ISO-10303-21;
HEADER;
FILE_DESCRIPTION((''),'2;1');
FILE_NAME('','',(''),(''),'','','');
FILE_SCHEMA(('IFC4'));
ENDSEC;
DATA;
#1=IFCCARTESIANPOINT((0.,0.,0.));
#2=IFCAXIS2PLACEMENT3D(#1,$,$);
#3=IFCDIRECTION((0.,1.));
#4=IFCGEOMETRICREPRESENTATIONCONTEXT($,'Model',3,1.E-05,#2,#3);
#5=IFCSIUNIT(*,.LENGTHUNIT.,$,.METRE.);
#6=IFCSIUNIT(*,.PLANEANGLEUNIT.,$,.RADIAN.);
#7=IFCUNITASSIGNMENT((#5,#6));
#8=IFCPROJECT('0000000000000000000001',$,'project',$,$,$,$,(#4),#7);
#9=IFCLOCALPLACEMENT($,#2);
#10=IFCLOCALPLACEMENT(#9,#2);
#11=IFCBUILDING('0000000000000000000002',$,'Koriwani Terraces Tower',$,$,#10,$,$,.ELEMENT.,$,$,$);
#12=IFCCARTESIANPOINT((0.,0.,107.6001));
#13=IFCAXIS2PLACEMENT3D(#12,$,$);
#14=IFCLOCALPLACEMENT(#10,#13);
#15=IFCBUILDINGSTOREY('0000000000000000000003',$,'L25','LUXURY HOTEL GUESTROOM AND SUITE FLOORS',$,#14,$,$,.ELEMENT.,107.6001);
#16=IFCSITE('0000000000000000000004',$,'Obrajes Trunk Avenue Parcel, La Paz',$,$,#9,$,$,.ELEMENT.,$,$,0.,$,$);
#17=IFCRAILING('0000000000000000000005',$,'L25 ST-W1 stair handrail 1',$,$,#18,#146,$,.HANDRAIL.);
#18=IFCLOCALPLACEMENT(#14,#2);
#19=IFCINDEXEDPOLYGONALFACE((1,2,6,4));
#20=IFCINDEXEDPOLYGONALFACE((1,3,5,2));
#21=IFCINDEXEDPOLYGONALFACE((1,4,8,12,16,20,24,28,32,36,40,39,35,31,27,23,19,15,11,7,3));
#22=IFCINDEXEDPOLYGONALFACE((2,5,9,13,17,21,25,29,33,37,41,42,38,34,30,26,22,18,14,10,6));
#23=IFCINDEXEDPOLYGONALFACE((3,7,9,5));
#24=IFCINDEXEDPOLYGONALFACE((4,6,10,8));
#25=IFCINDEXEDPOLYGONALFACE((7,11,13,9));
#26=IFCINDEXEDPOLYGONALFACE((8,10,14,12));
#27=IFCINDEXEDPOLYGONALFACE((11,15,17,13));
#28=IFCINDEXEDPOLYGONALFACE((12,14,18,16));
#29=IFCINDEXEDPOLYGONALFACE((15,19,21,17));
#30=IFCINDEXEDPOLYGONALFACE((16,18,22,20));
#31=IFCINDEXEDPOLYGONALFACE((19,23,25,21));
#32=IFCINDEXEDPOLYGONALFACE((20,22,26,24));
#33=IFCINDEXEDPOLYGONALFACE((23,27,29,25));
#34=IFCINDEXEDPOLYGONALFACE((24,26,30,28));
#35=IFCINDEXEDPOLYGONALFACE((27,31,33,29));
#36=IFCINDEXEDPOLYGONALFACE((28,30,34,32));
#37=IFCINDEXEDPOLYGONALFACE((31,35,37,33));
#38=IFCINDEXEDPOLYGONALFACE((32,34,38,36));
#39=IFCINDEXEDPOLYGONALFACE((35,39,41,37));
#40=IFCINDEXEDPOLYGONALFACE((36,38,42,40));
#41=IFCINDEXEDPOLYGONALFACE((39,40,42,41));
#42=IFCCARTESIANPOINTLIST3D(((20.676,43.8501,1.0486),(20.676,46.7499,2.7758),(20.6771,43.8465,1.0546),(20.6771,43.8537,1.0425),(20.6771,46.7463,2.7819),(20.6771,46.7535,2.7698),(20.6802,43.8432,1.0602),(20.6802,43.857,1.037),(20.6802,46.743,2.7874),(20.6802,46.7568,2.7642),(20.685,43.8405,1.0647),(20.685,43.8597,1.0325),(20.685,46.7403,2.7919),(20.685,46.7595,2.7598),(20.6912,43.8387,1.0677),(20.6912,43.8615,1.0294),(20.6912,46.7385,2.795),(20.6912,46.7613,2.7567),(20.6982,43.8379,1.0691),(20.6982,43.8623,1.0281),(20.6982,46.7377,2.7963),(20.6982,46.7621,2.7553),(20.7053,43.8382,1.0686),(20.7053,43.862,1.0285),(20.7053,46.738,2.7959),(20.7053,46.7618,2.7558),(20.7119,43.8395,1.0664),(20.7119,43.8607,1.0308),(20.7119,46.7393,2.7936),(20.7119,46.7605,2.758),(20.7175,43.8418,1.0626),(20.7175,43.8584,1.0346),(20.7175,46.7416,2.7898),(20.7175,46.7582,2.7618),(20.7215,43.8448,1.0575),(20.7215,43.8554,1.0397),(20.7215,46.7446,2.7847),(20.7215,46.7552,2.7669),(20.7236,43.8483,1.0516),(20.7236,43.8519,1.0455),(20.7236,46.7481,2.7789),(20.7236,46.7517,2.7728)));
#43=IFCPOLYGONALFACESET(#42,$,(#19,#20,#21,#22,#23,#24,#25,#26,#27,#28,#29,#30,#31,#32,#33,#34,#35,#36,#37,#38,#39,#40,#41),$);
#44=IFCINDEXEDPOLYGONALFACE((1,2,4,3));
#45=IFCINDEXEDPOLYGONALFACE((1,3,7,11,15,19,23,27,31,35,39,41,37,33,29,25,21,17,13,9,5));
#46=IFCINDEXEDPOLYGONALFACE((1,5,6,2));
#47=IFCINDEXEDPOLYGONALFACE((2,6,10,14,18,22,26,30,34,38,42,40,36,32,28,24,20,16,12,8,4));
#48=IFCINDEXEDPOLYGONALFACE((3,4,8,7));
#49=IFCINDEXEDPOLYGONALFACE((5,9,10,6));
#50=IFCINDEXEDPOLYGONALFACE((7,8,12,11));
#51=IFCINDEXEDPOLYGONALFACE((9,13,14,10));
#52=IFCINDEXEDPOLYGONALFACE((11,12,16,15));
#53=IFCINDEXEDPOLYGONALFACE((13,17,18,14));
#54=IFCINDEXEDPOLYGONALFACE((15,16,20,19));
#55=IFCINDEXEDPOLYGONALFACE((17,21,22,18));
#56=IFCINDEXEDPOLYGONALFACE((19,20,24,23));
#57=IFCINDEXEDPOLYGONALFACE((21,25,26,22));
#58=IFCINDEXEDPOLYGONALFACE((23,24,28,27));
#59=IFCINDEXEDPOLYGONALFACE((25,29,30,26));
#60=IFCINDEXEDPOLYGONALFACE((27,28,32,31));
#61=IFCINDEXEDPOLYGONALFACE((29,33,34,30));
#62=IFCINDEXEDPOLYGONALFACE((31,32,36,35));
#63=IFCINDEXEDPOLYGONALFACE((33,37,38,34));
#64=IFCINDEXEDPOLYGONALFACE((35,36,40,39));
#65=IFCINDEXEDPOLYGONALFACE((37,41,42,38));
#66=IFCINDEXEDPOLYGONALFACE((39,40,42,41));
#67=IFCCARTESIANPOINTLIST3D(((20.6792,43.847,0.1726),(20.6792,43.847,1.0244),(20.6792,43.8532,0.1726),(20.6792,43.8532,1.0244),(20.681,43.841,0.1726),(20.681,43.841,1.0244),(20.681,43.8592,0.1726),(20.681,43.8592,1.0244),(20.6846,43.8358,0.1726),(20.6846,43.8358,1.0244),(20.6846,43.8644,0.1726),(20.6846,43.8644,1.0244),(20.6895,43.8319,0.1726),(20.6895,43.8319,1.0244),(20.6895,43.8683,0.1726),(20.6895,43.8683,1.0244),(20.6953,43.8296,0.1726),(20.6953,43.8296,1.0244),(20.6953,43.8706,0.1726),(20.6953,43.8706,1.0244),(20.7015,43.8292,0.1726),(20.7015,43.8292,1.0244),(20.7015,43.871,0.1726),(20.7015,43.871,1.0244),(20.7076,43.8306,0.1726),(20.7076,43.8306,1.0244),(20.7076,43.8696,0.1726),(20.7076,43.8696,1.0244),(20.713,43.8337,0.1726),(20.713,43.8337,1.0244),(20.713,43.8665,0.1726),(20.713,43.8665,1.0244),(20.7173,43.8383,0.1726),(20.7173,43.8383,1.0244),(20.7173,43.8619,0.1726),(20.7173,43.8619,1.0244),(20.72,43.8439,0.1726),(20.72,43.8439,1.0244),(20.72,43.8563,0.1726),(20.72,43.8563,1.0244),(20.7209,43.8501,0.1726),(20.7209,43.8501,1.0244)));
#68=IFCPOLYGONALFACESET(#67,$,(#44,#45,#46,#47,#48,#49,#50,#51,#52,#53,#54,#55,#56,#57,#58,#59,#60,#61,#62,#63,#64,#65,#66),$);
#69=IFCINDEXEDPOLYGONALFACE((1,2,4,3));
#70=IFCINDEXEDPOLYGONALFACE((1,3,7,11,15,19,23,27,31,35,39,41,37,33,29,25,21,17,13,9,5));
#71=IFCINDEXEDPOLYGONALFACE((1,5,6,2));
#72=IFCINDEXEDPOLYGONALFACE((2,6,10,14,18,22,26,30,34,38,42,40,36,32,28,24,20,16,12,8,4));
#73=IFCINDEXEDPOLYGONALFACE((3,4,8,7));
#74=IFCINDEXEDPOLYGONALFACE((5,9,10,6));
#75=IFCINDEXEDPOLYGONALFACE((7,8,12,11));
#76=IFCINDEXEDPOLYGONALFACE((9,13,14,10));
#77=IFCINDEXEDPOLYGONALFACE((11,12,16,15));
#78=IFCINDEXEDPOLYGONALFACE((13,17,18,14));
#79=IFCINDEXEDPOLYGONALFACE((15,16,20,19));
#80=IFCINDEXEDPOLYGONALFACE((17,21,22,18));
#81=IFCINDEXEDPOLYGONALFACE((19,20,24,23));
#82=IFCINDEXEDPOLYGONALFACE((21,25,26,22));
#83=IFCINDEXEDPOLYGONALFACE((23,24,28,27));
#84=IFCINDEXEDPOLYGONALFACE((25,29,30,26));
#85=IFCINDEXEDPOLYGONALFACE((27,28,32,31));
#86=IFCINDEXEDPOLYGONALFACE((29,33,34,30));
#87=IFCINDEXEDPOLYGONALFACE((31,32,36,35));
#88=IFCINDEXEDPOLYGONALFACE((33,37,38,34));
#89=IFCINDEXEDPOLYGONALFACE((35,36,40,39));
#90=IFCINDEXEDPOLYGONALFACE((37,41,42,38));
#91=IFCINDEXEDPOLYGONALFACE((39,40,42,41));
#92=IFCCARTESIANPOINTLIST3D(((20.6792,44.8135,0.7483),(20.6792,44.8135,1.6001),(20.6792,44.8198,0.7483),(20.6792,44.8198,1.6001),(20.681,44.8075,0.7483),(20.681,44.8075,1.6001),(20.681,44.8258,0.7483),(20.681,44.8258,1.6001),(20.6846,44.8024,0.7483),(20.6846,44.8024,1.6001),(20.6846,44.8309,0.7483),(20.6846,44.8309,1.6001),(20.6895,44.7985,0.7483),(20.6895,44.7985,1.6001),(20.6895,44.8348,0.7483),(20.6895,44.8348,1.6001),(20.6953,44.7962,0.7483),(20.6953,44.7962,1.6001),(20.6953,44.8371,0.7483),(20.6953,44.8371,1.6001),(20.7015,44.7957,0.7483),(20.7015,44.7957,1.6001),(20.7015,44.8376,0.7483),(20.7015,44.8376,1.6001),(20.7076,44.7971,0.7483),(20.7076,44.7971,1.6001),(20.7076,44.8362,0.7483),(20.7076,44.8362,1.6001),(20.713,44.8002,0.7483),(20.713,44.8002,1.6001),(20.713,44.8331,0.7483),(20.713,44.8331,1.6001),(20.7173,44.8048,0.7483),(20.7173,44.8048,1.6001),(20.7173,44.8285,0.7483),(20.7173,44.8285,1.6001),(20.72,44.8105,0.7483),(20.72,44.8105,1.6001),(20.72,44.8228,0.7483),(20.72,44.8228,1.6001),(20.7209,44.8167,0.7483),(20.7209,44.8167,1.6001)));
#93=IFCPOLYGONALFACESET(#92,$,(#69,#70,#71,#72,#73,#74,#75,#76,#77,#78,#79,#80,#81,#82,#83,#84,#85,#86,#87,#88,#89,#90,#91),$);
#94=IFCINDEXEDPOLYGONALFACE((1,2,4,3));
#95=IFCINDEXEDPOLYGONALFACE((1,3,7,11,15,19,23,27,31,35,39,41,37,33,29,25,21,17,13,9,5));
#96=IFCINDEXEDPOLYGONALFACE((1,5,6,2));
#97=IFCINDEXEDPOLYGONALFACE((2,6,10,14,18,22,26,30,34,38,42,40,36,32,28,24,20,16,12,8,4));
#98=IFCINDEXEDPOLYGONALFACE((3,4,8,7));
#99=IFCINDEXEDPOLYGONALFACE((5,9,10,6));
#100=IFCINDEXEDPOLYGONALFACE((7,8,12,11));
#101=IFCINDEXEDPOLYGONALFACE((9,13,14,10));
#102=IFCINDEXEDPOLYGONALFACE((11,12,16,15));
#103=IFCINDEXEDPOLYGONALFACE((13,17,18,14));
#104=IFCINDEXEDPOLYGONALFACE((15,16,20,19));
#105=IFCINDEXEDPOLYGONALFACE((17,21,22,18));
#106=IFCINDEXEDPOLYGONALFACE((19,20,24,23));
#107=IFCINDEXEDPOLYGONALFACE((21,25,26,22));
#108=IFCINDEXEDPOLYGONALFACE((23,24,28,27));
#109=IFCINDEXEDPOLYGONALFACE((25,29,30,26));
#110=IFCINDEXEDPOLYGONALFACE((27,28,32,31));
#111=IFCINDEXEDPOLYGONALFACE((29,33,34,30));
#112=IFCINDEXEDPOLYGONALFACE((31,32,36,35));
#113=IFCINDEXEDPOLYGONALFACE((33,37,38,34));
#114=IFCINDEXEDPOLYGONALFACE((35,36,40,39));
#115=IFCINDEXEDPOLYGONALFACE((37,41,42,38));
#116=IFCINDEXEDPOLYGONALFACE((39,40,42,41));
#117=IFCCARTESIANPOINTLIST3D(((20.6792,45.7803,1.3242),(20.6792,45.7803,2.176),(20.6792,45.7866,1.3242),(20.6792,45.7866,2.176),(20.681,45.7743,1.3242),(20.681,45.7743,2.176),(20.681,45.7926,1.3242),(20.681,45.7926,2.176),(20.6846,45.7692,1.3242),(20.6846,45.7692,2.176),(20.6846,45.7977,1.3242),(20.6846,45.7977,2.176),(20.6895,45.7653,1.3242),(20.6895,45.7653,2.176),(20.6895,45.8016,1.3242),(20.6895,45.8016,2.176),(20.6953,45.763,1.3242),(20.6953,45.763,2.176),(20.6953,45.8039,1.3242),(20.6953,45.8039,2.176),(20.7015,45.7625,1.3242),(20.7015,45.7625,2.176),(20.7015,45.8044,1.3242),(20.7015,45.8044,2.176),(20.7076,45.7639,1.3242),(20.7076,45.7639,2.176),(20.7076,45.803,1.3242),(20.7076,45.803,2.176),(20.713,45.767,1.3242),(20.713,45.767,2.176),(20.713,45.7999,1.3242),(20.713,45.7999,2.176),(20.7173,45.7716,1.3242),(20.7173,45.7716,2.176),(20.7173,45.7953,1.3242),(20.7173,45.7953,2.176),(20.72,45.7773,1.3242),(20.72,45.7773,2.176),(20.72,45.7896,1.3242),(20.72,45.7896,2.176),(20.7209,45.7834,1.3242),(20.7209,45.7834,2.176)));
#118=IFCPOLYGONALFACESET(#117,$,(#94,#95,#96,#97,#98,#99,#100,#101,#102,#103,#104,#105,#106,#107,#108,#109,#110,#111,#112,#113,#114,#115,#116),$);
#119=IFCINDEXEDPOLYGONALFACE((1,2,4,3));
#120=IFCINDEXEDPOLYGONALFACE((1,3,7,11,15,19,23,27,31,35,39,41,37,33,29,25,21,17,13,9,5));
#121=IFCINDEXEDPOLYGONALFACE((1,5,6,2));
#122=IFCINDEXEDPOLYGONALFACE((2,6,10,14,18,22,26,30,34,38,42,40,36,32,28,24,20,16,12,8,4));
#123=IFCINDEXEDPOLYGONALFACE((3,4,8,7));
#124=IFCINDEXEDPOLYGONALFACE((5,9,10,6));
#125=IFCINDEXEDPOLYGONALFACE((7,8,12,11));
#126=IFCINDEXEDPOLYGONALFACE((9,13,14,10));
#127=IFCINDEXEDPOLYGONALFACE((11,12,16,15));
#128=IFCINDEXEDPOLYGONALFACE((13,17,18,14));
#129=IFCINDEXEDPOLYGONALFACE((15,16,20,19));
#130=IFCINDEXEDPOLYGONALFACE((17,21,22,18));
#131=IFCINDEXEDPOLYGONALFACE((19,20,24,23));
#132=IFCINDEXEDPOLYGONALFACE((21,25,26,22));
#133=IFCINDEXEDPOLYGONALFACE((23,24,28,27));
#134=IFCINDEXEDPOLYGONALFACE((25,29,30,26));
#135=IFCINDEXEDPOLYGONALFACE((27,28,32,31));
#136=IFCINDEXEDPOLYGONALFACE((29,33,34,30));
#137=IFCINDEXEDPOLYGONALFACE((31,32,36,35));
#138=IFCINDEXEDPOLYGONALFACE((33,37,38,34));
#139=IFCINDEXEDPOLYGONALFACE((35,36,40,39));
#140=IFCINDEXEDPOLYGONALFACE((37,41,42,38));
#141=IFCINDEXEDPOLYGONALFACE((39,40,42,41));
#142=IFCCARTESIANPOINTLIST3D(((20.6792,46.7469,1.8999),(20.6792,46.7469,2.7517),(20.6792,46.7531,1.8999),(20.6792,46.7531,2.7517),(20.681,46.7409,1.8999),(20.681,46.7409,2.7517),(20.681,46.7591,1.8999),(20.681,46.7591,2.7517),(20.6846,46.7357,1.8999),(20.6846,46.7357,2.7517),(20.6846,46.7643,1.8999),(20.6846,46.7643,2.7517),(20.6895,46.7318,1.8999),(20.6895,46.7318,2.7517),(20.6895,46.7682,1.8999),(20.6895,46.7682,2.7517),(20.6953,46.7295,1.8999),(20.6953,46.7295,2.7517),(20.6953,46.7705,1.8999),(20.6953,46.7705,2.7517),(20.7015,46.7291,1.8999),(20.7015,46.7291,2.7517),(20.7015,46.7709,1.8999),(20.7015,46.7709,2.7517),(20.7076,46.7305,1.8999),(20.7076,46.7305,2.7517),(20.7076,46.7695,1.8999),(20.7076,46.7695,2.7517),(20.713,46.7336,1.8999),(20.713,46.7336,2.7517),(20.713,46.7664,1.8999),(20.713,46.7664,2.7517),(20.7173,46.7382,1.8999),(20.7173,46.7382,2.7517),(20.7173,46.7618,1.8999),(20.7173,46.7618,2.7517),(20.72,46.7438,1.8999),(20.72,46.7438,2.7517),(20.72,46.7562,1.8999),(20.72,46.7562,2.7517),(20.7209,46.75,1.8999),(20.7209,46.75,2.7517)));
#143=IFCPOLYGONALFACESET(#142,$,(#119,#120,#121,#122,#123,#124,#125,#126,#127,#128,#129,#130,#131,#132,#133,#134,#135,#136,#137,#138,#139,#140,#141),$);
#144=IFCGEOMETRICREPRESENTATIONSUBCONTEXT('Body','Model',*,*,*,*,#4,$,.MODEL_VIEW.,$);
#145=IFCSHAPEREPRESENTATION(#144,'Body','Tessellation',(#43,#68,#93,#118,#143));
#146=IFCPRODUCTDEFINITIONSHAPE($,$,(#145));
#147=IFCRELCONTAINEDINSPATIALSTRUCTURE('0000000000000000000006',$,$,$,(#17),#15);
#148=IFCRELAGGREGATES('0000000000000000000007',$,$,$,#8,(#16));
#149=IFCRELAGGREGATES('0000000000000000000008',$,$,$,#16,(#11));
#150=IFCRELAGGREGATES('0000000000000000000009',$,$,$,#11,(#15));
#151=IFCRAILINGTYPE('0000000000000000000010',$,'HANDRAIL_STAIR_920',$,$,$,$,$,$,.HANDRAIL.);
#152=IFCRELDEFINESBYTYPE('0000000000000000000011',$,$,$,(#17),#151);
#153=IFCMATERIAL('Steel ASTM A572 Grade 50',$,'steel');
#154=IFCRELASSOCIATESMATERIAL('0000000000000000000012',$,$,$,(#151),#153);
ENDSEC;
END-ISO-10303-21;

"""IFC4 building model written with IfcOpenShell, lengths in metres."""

from ifc_helpers import new_model, si_unit, direction, frame, origin, origin_2d, place, context, subcontext, project, spatial, circle, extrude, material, type_object, element, save


model = new_model("IFC4")

# Units and contexts
model_context = context("Model", 3, precision=1e-05, world=origin(), true_north=direction((0.0, 1.0)))
body_context = subcontext(model_context, "Body", "Model", "MODEL_VIEW")
ifc_project = project(units=[si_unit("LENGTHUNIT", "METRE"), si_unit("PLANEANGLEUNIT", "RADIAN")], contexts=[model_context])

# Site, building, storey
site_placement = place(None, origin())
site = spatial("IfcSite", under=ifc_project, at=site_placement, Name="Obrajes Trunk Avenue Parcel, La Paz", CompositionType="ELEMENT", RefElevation=0.0)
building_placement = place(site_placement, origin())
building = spatial("IfcBuilding", under=site, at=building_placement, Name="Koriwani Terraces Tower", CompositionType="ELEMENT")
storey_placement = place(building_placement, frame((0.0, 0.0, 107.6001)))
storey = spatial("IfcBuildingStorey", under=building, at=storey_placement, Name="L25", Description="LUXURY HOTEL GUESTROOM AND SUITE FLOORS", CompositionType="ELEMENT", Elevation=107.6001)

# Shared definitions
ifc_material_1 = material(Name="Steel ASTM A572 Grade 50", Category="steel")

# Railing
railing_type_1 = type_object("IfcRailingType", Name="HANDRAIL_STAIR_920", PredefinedType="HANDRAIL", material=ifc_material_1)
railing_1_placement = place(storey_placement, frame((20.7, 43.8501, 0.1726)))
element("IfcRailing", 1, at=railing_1_placement, inside=storey, type_object=railing_type_1, Name="L25 ST-W1 stair handrail 1", PredefinedType="HANDRAIL", context=body_context, shape_type="SweptSolid", body=[
    extrude(circle(Radius=0.0239, at=origin_2d()), frame((0.0, 0.0, 0.876), z_axis=(0.0, 0.859141, 0.511738), x_axis=(-1.0, 0.0, 0.0)), (0.0, 0.0, 1.0), 3.3752),
    extrude(circle(Radius=0.021, at=origin_2d()), origin(), (0.0, 0.0, 1.0), 0.8518),
    extrude(circle(Radius=0.021, at=origin_2d()), frame((0.0, 0.9666, 0.5757)), (0.0, 0.0, 1.0), 0.8518),
    extrude(circle(Radius=0.021, at=origin_2d()), frame((0.0, 1.9333, 1.1516)), (0.0, 0.0, 1.0), 0.8518),
    extrude(circle(Radius=0.021, at=origin_2d()), frame((0.0, 2.8999, 1.7273)), (0.0, 0.0, 1.0), 0.8518),
])

save(model, "model.ifc")
